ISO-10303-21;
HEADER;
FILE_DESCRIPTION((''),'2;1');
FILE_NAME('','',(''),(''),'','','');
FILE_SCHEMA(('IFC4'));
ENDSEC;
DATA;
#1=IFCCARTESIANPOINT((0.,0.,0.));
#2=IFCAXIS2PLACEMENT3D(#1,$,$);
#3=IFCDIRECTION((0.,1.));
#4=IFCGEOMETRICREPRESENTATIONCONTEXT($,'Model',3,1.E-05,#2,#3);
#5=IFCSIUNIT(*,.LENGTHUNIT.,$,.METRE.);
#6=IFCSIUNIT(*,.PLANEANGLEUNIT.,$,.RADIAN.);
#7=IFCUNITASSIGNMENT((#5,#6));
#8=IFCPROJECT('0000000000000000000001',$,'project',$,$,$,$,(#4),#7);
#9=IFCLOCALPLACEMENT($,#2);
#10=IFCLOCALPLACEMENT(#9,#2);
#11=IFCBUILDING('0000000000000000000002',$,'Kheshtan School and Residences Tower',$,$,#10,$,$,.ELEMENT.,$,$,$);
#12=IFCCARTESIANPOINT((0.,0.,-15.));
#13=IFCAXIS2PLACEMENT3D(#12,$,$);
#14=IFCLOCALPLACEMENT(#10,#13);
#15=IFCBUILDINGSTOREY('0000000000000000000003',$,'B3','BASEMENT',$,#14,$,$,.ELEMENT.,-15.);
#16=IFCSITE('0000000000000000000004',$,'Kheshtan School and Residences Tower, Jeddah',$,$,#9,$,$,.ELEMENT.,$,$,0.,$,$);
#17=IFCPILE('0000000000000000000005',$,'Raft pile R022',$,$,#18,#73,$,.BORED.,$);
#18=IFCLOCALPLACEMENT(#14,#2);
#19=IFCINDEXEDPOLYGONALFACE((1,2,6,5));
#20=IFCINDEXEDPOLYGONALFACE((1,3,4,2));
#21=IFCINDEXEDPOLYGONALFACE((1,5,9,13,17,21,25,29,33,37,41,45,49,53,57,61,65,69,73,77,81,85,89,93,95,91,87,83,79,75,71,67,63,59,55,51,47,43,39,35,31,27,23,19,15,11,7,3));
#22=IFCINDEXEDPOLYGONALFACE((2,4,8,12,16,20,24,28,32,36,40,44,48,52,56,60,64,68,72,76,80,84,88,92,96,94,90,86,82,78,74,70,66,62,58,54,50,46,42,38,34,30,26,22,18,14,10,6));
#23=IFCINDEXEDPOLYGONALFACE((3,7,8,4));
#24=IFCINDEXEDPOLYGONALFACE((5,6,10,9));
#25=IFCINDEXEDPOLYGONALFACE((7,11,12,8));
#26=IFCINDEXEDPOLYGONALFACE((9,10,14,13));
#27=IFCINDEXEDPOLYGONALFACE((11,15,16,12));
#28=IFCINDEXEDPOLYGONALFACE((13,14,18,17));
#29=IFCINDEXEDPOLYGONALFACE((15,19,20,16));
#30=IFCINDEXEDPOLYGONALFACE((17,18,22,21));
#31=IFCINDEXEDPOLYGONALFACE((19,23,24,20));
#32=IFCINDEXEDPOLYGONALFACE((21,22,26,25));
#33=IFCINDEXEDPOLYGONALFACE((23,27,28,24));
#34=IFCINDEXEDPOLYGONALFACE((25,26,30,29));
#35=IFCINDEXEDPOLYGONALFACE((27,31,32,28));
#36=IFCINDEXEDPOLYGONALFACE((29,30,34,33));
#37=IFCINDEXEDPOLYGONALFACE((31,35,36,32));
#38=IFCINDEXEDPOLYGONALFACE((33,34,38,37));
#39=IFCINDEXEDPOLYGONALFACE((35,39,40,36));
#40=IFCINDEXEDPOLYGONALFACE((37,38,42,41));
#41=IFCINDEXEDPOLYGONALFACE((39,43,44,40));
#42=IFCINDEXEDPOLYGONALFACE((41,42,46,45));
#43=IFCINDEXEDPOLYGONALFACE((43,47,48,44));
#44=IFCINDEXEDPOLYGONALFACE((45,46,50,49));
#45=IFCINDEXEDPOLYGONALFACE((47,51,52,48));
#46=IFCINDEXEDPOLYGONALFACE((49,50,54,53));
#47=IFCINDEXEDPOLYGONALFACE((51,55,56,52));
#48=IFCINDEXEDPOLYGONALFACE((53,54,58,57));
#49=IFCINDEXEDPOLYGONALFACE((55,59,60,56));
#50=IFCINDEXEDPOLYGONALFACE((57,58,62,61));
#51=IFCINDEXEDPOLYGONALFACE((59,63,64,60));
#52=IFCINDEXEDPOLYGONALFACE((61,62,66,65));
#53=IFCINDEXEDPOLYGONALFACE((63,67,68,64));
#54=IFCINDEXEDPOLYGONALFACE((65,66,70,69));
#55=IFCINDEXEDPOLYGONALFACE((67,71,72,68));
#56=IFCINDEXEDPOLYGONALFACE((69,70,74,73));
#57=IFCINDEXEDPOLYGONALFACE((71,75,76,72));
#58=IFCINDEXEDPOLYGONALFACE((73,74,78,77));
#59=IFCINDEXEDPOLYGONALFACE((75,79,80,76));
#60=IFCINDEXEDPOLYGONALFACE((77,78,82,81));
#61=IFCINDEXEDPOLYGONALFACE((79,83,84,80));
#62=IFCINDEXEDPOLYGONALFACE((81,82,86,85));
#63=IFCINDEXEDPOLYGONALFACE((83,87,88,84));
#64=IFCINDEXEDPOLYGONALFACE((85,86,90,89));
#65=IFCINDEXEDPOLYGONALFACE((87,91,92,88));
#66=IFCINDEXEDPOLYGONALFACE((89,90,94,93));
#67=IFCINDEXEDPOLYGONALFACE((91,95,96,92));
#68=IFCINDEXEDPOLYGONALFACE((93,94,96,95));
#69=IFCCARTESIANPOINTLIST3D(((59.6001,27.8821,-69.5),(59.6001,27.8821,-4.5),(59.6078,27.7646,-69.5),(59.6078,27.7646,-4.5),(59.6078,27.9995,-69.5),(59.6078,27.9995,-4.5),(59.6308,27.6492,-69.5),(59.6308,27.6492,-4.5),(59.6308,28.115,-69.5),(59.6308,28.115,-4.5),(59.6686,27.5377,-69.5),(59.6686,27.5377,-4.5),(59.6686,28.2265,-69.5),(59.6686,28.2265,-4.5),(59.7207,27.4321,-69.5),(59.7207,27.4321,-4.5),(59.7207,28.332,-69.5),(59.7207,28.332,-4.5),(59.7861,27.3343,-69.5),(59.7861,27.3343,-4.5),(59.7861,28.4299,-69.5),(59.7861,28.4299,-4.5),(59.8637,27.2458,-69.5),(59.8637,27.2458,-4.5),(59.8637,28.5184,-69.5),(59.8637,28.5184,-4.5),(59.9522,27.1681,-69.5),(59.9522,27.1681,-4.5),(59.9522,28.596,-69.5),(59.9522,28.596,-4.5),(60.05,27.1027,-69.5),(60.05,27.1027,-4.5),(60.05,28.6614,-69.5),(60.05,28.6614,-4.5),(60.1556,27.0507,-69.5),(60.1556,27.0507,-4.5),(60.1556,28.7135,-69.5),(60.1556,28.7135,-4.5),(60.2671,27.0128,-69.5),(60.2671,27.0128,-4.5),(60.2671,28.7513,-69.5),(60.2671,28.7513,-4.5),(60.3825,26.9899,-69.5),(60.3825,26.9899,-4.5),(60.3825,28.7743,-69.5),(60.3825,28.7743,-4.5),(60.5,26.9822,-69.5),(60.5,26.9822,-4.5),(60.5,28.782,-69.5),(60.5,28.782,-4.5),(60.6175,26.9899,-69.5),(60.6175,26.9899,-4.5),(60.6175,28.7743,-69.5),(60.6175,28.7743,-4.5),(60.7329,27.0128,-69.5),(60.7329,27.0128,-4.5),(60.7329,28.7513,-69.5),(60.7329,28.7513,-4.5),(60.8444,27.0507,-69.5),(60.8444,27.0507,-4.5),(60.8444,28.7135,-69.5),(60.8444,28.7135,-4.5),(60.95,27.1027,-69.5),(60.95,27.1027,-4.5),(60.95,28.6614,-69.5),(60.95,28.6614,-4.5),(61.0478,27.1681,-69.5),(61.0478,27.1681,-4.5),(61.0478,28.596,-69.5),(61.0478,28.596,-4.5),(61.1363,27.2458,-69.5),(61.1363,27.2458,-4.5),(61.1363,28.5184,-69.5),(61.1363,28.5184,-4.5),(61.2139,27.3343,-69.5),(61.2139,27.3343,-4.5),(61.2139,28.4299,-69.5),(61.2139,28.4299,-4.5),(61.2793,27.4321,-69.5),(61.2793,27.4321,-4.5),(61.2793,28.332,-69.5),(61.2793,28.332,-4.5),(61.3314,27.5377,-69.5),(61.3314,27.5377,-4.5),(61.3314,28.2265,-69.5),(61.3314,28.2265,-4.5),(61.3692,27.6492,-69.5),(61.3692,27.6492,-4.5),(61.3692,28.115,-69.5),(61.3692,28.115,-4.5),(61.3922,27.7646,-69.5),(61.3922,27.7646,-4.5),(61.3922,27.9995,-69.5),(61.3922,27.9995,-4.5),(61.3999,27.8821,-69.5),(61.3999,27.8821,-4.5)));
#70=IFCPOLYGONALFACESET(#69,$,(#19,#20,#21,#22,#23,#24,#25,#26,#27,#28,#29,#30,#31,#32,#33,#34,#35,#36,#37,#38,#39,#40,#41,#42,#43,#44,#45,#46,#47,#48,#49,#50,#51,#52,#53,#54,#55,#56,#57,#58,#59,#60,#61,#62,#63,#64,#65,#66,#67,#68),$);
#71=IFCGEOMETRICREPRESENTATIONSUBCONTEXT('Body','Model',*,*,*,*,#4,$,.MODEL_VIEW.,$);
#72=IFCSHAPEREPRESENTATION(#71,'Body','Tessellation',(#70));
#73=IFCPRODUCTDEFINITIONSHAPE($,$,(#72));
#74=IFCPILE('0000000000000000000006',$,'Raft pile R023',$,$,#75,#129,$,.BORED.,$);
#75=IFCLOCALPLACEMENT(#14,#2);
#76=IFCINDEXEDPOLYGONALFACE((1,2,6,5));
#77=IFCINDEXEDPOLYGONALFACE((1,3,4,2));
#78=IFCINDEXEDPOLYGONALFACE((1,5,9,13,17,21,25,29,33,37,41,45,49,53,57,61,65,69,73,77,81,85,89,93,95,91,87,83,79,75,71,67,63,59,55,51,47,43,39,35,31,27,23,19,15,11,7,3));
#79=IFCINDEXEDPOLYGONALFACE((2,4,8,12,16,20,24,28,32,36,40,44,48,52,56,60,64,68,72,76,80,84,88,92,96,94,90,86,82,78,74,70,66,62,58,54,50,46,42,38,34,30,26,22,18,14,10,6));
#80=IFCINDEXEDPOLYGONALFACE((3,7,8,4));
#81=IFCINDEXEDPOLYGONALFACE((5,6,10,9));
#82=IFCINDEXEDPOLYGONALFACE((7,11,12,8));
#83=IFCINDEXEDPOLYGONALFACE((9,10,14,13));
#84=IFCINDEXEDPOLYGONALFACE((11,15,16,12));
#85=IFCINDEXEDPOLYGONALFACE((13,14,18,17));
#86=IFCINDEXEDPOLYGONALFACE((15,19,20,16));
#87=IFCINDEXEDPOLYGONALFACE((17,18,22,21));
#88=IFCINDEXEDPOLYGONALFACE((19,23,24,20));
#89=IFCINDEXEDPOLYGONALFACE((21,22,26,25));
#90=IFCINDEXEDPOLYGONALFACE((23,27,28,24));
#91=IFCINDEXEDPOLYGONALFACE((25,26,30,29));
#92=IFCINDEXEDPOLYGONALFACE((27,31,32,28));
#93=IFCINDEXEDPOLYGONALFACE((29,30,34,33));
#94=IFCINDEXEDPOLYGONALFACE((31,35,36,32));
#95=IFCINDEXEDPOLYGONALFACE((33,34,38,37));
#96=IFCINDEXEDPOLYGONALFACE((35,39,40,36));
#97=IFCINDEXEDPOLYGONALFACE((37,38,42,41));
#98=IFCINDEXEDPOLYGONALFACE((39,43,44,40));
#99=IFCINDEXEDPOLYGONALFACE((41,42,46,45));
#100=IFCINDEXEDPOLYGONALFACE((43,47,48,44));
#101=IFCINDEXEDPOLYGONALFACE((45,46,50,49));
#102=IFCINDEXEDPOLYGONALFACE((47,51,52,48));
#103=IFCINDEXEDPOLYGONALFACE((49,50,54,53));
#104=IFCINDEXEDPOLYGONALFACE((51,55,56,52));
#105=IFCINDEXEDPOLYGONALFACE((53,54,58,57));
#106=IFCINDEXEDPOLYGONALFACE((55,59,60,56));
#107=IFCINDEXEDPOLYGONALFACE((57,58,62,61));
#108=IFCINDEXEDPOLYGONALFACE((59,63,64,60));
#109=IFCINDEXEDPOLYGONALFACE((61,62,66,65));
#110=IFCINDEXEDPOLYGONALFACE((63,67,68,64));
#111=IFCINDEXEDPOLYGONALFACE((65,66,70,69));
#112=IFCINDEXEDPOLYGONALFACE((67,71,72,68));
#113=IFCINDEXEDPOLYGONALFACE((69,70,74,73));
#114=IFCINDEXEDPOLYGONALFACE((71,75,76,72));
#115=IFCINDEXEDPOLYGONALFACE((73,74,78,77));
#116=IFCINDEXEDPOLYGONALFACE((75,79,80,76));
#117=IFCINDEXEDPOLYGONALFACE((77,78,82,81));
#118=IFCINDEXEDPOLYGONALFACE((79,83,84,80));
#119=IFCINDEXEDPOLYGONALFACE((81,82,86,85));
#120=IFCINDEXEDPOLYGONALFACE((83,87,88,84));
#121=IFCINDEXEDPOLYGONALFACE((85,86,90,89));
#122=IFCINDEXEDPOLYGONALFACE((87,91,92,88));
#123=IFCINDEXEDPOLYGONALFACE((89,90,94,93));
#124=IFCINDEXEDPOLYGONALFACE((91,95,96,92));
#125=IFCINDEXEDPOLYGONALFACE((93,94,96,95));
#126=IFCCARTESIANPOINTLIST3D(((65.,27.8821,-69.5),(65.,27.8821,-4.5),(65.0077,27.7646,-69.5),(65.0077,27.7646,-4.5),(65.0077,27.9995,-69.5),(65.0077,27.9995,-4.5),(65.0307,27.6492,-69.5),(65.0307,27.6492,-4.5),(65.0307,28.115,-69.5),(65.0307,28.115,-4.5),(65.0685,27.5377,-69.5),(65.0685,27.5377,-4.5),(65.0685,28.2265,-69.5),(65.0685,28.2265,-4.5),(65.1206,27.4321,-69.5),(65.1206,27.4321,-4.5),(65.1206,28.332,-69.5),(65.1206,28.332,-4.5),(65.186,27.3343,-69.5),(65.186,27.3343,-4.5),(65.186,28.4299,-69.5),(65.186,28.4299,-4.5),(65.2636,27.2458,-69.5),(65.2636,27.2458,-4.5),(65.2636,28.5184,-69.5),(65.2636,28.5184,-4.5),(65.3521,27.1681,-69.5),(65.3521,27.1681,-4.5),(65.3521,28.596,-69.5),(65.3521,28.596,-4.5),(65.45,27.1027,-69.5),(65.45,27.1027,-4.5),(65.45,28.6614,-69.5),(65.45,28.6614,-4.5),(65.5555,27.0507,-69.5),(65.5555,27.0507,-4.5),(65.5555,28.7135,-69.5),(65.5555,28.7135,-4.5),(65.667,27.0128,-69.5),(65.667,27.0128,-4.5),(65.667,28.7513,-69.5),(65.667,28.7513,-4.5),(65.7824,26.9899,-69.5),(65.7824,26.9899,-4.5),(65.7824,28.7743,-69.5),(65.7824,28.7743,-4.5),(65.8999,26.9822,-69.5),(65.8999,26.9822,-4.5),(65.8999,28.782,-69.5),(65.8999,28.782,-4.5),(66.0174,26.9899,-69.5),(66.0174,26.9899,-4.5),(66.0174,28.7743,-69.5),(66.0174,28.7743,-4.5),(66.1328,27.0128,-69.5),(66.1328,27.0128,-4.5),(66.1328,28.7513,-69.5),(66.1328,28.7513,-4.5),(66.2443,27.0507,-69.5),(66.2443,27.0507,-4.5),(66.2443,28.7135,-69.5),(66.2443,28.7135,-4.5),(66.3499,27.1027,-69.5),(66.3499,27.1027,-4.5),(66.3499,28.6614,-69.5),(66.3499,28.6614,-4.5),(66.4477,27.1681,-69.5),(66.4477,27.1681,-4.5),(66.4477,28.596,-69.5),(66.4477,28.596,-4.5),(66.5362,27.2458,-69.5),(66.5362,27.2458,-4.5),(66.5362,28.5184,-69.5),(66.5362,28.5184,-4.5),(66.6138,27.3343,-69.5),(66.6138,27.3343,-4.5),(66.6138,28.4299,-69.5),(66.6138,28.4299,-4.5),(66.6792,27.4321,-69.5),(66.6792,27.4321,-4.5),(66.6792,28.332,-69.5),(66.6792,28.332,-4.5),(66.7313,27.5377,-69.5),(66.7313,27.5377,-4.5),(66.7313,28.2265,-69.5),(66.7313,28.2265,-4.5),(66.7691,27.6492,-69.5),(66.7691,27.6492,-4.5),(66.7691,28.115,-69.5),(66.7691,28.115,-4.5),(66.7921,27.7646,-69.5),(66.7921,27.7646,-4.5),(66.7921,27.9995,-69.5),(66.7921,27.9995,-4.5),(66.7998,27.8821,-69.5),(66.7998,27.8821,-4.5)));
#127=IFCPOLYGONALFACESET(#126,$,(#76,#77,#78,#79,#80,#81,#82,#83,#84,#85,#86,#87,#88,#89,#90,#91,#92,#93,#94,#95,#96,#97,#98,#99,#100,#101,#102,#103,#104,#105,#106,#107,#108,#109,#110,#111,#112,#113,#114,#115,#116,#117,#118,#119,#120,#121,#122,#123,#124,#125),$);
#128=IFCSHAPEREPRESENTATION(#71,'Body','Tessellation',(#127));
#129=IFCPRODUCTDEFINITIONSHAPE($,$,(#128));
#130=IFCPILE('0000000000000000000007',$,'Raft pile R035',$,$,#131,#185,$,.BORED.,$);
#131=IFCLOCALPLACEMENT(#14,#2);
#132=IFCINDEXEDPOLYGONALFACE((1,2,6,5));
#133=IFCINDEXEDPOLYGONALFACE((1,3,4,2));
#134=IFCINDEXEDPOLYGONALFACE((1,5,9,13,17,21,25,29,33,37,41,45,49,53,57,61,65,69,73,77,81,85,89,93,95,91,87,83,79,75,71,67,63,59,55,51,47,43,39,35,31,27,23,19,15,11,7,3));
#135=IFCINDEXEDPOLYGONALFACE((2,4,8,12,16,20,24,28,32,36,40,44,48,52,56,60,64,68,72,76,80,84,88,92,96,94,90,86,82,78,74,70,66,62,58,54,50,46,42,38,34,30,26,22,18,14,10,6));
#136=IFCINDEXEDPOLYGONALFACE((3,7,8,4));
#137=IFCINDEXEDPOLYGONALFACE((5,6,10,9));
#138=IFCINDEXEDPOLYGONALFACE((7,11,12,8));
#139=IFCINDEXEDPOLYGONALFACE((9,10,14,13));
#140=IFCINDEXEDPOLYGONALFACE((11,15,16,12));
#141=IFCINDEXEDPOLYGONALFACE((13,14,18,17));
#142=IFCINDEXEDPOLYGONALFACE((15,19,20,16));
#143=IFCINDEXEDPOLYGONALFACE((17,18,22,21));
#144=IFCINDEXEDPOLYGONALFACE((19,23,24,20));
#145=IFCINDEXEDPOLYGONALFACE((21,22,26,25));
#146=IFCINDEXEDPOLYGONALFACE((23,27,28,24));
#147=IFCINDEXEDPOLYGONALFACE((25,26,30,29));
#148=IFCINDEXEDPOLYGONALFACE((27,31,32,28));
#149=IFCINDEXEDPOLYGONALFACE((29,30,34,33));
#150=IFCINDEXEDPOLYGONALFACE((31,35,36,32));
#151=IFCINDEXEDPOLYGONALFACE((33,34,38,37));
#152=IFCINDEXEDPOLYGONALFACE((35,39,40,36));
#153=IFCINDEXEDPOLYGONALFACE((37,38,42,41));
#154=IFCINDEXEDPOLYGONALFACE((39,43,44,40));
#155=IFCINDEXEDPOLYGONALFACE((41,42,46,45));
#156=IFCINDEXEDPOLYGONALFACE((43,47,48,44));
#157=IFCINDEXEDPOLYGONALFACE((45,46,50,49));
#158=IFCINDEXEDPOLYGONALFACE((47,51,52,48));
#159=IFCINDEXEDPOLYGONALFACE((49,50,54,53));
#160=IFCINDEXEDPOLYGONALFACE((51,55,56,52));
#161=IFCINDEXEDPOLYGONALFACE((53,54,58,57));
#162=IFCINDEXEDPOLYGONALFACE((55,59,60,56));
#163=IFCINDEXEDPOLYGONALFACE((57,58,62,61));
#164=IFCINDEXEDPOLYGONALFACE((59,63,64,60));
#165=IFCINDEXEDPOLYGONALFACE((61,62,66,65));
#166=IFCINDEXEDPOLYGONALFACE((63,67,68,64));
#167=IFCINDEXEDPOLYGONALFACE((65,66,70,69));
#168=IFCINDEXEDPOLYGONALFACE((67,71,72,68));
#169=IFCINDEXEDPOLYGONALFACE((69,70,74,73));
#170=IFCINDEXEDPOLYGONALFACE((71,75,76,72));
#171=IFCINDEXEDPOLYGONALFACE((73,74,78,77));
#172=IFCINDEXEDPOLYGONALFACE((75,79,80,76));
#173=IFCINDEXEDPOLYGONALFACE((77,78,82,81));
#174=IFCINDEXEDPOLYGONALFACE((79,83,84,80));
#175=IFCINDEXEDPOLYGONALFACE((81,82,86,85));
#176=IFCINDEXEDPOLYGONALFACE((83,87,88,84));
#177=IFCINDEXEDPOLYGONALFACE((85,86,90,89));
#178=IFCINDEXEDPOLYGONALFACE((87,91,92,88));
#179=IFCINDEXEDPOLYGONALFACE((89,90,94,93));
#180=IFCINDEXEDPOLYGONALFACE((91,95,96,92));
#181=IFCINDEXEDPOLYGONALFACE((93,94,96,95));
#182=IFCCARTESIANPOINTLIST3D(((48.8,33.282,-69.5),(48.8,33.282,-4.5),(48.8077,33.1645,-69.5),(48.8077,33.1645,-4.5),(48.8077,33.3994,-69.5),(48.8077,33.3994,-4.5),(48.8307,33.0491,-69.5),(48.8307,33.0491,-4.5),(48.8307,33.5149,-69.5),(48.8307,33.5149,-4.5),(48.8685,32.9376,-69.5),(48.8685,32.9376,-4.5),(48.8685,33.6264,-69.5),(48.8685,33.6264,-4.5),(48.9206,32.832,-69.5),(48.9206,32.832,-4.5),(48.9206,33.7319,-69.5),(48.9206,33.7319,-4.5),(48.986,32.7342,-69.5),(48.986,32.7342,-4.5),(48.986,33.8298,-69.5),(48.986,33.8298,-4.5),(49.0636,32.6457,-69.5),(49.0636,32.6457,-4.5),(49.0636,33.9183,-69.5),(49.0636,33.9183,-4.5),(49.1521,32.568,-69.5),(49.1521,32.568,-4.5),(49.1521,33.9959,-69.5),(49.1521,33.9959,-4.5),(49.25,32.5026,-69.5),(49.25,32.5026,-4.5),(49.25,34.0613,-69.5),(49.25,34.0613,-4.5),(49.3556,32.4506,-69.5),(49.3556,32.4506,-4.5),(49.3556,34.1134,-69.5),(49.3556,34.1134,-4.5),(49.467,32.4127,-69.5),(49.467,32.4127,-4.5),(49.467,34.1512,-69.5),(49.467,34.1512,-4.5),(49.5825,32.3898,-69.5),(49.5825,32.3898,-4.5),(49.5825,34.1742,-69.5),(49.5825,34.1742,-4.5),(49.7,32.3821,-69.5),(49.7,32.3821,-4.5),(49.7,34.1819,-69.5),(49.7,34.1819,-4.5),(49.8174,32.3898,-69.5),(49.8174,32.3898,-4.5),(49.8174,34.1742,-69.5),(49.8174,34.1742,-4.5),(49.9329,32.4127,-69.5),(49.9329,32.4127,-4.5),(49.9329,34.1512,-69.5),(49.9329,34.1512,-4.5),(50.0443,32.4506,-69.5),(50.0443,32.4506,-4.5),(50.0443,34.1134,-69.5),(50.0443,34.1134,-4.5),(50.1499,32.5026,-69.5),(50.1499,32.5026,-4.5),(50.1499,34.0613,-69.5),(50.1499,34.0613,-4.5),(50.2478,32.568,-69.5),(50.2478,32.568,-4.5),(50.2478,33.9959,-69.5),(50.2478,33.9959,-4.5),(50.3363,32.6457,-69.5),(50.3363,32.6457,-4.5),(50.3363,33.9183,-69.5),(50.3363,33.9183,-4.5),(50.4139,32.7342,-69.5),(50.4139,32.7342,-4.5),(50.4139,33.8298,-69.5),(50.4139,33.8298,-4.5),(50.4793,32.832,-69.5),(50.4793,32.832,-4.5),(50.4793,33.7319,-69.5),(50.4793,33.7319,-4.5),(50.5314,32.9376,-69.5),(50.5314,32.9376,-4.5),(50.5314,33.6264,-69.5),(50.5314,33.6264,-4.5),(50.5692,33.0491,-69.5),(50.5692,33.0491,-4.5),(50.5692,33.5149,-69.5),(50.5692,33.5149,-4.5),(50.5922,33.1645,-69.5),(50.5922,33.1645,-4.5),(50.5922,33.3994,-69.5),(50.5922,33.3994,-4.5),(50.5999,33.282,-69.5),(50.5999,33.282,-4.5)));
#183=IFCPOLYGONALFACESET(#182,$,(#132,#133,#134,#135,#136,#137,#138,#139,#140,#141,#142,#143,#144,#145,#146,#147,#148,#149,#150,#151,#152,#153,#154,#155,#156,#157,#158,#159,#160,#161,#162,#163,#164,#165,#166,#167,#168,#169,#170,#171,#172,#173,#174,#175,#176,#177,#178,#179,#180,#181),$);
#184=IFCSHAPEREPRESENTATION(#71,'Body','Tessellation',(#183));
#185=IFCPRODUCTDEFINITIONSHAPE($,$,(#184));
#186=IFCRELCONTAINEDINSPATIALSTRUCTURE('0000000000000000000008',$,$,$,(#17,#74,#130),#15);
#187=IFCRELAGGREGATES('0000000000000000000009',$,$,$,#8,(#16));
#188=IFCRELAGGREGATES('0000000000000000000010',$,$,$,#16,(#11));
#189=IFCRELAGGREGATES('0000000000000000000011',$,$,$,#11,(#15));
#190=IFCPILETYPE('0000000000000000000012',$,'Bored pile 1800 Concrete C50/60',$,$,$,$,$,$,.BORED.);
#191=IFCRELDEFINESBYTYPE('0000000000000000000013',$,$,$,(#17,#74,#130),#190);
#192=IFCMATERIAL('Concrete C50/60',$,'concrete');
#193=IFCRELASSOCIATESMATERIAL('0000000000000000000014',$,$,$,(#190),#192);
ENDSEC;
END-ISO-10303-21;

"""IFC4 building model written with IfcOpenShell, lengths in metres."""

from ifc_helpers import new_model, si_unit, direction, frame, origin, origin_2d, place, context, subcontext, project, spatial, circle, extrude, material, material_profile, profile_set, type_object, element, save


model = new_model("IFC4")

# Units and contexts
model_context = context("Model", 3, precision=1e-05, world=origin(), true_north=direction((0.0, 1.0)))
body_context = subcontext(model_context, "Body", "Model", "MODEL_VIEW")
ifc_project = project(units=[si_unit("LENGTHUNIT", "METRE"), si_unit("PLANEANGLEUNIT", "RADIAN")], contexts=[model_context])

# Site, building, storey
site_placement = place(None, origin())
site = spatial("IfcSite", under=ifc_project, at=site_placement, Name="Kheshtan School and Residences Tower, Jeddah", CompositionType="ELEMENT", RefElevation=0.0)
building_placement = place(site_placement, origin())
building = spatial("IfcBuilding", under=site, at=building_placement, Name="Kheshtan School and Residences Tower", CompositionType="ELEMENT")
storey_placement = place(building_placement, frame((0.0, 0.0, -15.0)))
storey = spatial("IfcBuildingStorey", under=building, at=storey_placement, Name="B3", Description="BASEMENT", CompositionType="ELEMENT", Elevation=-15.0)

# Piles
ifc_material_1 = material(Name="Concrete C50/60", Category="concrete")
ifc_material_profile_1 = material_profile(ifc_material_1, circle(Radius=0.8999, at=origin_2d()), Name="BP 1800")
ifc_profile_set_1 = profile_set([ifc_material_profile_1], Name="Concrete C50/60")
pile_type_1 = type_object("IfcPileType", Name="Bored pile 1800 Concrete C50/60", PredefinedType="BORED", material=ifc_profile_set_1)
for number, where, z_axis, x_axis, name in (
    (1, (60.5, 27.8821, -4.5), (0.0, 0.0, -1.0), (1.0, 0.0, 0.0), "Raft pile R022"),
    (2, (65.8999, 27.8821, -4.5), (0.0, 0.0, -1.0), (1.0, 0.0, 0.0), "Raft pile R023"),
    (3, (49.7, 33.282, -4.5), (0.0, 0.0, -1.0), (1.0, 0.0, 0.0), "Raft pile R035"),
):
    element("IfcPile", number, at=place(storey_placement, frame(where, z_axis=z_axis, x_axis=x_axis)), inside=storey, type_object=pile_type_1, Name=name, PredefinedType="BORED", context=body_context, shape_type="SweptSolid", body=[
        extrude(circle(Radius=0.8999, at=origin_2d()), origin(), (0.0, 0.0, 1.0), 65.0),
    ])

save(model, "model.ifc")
